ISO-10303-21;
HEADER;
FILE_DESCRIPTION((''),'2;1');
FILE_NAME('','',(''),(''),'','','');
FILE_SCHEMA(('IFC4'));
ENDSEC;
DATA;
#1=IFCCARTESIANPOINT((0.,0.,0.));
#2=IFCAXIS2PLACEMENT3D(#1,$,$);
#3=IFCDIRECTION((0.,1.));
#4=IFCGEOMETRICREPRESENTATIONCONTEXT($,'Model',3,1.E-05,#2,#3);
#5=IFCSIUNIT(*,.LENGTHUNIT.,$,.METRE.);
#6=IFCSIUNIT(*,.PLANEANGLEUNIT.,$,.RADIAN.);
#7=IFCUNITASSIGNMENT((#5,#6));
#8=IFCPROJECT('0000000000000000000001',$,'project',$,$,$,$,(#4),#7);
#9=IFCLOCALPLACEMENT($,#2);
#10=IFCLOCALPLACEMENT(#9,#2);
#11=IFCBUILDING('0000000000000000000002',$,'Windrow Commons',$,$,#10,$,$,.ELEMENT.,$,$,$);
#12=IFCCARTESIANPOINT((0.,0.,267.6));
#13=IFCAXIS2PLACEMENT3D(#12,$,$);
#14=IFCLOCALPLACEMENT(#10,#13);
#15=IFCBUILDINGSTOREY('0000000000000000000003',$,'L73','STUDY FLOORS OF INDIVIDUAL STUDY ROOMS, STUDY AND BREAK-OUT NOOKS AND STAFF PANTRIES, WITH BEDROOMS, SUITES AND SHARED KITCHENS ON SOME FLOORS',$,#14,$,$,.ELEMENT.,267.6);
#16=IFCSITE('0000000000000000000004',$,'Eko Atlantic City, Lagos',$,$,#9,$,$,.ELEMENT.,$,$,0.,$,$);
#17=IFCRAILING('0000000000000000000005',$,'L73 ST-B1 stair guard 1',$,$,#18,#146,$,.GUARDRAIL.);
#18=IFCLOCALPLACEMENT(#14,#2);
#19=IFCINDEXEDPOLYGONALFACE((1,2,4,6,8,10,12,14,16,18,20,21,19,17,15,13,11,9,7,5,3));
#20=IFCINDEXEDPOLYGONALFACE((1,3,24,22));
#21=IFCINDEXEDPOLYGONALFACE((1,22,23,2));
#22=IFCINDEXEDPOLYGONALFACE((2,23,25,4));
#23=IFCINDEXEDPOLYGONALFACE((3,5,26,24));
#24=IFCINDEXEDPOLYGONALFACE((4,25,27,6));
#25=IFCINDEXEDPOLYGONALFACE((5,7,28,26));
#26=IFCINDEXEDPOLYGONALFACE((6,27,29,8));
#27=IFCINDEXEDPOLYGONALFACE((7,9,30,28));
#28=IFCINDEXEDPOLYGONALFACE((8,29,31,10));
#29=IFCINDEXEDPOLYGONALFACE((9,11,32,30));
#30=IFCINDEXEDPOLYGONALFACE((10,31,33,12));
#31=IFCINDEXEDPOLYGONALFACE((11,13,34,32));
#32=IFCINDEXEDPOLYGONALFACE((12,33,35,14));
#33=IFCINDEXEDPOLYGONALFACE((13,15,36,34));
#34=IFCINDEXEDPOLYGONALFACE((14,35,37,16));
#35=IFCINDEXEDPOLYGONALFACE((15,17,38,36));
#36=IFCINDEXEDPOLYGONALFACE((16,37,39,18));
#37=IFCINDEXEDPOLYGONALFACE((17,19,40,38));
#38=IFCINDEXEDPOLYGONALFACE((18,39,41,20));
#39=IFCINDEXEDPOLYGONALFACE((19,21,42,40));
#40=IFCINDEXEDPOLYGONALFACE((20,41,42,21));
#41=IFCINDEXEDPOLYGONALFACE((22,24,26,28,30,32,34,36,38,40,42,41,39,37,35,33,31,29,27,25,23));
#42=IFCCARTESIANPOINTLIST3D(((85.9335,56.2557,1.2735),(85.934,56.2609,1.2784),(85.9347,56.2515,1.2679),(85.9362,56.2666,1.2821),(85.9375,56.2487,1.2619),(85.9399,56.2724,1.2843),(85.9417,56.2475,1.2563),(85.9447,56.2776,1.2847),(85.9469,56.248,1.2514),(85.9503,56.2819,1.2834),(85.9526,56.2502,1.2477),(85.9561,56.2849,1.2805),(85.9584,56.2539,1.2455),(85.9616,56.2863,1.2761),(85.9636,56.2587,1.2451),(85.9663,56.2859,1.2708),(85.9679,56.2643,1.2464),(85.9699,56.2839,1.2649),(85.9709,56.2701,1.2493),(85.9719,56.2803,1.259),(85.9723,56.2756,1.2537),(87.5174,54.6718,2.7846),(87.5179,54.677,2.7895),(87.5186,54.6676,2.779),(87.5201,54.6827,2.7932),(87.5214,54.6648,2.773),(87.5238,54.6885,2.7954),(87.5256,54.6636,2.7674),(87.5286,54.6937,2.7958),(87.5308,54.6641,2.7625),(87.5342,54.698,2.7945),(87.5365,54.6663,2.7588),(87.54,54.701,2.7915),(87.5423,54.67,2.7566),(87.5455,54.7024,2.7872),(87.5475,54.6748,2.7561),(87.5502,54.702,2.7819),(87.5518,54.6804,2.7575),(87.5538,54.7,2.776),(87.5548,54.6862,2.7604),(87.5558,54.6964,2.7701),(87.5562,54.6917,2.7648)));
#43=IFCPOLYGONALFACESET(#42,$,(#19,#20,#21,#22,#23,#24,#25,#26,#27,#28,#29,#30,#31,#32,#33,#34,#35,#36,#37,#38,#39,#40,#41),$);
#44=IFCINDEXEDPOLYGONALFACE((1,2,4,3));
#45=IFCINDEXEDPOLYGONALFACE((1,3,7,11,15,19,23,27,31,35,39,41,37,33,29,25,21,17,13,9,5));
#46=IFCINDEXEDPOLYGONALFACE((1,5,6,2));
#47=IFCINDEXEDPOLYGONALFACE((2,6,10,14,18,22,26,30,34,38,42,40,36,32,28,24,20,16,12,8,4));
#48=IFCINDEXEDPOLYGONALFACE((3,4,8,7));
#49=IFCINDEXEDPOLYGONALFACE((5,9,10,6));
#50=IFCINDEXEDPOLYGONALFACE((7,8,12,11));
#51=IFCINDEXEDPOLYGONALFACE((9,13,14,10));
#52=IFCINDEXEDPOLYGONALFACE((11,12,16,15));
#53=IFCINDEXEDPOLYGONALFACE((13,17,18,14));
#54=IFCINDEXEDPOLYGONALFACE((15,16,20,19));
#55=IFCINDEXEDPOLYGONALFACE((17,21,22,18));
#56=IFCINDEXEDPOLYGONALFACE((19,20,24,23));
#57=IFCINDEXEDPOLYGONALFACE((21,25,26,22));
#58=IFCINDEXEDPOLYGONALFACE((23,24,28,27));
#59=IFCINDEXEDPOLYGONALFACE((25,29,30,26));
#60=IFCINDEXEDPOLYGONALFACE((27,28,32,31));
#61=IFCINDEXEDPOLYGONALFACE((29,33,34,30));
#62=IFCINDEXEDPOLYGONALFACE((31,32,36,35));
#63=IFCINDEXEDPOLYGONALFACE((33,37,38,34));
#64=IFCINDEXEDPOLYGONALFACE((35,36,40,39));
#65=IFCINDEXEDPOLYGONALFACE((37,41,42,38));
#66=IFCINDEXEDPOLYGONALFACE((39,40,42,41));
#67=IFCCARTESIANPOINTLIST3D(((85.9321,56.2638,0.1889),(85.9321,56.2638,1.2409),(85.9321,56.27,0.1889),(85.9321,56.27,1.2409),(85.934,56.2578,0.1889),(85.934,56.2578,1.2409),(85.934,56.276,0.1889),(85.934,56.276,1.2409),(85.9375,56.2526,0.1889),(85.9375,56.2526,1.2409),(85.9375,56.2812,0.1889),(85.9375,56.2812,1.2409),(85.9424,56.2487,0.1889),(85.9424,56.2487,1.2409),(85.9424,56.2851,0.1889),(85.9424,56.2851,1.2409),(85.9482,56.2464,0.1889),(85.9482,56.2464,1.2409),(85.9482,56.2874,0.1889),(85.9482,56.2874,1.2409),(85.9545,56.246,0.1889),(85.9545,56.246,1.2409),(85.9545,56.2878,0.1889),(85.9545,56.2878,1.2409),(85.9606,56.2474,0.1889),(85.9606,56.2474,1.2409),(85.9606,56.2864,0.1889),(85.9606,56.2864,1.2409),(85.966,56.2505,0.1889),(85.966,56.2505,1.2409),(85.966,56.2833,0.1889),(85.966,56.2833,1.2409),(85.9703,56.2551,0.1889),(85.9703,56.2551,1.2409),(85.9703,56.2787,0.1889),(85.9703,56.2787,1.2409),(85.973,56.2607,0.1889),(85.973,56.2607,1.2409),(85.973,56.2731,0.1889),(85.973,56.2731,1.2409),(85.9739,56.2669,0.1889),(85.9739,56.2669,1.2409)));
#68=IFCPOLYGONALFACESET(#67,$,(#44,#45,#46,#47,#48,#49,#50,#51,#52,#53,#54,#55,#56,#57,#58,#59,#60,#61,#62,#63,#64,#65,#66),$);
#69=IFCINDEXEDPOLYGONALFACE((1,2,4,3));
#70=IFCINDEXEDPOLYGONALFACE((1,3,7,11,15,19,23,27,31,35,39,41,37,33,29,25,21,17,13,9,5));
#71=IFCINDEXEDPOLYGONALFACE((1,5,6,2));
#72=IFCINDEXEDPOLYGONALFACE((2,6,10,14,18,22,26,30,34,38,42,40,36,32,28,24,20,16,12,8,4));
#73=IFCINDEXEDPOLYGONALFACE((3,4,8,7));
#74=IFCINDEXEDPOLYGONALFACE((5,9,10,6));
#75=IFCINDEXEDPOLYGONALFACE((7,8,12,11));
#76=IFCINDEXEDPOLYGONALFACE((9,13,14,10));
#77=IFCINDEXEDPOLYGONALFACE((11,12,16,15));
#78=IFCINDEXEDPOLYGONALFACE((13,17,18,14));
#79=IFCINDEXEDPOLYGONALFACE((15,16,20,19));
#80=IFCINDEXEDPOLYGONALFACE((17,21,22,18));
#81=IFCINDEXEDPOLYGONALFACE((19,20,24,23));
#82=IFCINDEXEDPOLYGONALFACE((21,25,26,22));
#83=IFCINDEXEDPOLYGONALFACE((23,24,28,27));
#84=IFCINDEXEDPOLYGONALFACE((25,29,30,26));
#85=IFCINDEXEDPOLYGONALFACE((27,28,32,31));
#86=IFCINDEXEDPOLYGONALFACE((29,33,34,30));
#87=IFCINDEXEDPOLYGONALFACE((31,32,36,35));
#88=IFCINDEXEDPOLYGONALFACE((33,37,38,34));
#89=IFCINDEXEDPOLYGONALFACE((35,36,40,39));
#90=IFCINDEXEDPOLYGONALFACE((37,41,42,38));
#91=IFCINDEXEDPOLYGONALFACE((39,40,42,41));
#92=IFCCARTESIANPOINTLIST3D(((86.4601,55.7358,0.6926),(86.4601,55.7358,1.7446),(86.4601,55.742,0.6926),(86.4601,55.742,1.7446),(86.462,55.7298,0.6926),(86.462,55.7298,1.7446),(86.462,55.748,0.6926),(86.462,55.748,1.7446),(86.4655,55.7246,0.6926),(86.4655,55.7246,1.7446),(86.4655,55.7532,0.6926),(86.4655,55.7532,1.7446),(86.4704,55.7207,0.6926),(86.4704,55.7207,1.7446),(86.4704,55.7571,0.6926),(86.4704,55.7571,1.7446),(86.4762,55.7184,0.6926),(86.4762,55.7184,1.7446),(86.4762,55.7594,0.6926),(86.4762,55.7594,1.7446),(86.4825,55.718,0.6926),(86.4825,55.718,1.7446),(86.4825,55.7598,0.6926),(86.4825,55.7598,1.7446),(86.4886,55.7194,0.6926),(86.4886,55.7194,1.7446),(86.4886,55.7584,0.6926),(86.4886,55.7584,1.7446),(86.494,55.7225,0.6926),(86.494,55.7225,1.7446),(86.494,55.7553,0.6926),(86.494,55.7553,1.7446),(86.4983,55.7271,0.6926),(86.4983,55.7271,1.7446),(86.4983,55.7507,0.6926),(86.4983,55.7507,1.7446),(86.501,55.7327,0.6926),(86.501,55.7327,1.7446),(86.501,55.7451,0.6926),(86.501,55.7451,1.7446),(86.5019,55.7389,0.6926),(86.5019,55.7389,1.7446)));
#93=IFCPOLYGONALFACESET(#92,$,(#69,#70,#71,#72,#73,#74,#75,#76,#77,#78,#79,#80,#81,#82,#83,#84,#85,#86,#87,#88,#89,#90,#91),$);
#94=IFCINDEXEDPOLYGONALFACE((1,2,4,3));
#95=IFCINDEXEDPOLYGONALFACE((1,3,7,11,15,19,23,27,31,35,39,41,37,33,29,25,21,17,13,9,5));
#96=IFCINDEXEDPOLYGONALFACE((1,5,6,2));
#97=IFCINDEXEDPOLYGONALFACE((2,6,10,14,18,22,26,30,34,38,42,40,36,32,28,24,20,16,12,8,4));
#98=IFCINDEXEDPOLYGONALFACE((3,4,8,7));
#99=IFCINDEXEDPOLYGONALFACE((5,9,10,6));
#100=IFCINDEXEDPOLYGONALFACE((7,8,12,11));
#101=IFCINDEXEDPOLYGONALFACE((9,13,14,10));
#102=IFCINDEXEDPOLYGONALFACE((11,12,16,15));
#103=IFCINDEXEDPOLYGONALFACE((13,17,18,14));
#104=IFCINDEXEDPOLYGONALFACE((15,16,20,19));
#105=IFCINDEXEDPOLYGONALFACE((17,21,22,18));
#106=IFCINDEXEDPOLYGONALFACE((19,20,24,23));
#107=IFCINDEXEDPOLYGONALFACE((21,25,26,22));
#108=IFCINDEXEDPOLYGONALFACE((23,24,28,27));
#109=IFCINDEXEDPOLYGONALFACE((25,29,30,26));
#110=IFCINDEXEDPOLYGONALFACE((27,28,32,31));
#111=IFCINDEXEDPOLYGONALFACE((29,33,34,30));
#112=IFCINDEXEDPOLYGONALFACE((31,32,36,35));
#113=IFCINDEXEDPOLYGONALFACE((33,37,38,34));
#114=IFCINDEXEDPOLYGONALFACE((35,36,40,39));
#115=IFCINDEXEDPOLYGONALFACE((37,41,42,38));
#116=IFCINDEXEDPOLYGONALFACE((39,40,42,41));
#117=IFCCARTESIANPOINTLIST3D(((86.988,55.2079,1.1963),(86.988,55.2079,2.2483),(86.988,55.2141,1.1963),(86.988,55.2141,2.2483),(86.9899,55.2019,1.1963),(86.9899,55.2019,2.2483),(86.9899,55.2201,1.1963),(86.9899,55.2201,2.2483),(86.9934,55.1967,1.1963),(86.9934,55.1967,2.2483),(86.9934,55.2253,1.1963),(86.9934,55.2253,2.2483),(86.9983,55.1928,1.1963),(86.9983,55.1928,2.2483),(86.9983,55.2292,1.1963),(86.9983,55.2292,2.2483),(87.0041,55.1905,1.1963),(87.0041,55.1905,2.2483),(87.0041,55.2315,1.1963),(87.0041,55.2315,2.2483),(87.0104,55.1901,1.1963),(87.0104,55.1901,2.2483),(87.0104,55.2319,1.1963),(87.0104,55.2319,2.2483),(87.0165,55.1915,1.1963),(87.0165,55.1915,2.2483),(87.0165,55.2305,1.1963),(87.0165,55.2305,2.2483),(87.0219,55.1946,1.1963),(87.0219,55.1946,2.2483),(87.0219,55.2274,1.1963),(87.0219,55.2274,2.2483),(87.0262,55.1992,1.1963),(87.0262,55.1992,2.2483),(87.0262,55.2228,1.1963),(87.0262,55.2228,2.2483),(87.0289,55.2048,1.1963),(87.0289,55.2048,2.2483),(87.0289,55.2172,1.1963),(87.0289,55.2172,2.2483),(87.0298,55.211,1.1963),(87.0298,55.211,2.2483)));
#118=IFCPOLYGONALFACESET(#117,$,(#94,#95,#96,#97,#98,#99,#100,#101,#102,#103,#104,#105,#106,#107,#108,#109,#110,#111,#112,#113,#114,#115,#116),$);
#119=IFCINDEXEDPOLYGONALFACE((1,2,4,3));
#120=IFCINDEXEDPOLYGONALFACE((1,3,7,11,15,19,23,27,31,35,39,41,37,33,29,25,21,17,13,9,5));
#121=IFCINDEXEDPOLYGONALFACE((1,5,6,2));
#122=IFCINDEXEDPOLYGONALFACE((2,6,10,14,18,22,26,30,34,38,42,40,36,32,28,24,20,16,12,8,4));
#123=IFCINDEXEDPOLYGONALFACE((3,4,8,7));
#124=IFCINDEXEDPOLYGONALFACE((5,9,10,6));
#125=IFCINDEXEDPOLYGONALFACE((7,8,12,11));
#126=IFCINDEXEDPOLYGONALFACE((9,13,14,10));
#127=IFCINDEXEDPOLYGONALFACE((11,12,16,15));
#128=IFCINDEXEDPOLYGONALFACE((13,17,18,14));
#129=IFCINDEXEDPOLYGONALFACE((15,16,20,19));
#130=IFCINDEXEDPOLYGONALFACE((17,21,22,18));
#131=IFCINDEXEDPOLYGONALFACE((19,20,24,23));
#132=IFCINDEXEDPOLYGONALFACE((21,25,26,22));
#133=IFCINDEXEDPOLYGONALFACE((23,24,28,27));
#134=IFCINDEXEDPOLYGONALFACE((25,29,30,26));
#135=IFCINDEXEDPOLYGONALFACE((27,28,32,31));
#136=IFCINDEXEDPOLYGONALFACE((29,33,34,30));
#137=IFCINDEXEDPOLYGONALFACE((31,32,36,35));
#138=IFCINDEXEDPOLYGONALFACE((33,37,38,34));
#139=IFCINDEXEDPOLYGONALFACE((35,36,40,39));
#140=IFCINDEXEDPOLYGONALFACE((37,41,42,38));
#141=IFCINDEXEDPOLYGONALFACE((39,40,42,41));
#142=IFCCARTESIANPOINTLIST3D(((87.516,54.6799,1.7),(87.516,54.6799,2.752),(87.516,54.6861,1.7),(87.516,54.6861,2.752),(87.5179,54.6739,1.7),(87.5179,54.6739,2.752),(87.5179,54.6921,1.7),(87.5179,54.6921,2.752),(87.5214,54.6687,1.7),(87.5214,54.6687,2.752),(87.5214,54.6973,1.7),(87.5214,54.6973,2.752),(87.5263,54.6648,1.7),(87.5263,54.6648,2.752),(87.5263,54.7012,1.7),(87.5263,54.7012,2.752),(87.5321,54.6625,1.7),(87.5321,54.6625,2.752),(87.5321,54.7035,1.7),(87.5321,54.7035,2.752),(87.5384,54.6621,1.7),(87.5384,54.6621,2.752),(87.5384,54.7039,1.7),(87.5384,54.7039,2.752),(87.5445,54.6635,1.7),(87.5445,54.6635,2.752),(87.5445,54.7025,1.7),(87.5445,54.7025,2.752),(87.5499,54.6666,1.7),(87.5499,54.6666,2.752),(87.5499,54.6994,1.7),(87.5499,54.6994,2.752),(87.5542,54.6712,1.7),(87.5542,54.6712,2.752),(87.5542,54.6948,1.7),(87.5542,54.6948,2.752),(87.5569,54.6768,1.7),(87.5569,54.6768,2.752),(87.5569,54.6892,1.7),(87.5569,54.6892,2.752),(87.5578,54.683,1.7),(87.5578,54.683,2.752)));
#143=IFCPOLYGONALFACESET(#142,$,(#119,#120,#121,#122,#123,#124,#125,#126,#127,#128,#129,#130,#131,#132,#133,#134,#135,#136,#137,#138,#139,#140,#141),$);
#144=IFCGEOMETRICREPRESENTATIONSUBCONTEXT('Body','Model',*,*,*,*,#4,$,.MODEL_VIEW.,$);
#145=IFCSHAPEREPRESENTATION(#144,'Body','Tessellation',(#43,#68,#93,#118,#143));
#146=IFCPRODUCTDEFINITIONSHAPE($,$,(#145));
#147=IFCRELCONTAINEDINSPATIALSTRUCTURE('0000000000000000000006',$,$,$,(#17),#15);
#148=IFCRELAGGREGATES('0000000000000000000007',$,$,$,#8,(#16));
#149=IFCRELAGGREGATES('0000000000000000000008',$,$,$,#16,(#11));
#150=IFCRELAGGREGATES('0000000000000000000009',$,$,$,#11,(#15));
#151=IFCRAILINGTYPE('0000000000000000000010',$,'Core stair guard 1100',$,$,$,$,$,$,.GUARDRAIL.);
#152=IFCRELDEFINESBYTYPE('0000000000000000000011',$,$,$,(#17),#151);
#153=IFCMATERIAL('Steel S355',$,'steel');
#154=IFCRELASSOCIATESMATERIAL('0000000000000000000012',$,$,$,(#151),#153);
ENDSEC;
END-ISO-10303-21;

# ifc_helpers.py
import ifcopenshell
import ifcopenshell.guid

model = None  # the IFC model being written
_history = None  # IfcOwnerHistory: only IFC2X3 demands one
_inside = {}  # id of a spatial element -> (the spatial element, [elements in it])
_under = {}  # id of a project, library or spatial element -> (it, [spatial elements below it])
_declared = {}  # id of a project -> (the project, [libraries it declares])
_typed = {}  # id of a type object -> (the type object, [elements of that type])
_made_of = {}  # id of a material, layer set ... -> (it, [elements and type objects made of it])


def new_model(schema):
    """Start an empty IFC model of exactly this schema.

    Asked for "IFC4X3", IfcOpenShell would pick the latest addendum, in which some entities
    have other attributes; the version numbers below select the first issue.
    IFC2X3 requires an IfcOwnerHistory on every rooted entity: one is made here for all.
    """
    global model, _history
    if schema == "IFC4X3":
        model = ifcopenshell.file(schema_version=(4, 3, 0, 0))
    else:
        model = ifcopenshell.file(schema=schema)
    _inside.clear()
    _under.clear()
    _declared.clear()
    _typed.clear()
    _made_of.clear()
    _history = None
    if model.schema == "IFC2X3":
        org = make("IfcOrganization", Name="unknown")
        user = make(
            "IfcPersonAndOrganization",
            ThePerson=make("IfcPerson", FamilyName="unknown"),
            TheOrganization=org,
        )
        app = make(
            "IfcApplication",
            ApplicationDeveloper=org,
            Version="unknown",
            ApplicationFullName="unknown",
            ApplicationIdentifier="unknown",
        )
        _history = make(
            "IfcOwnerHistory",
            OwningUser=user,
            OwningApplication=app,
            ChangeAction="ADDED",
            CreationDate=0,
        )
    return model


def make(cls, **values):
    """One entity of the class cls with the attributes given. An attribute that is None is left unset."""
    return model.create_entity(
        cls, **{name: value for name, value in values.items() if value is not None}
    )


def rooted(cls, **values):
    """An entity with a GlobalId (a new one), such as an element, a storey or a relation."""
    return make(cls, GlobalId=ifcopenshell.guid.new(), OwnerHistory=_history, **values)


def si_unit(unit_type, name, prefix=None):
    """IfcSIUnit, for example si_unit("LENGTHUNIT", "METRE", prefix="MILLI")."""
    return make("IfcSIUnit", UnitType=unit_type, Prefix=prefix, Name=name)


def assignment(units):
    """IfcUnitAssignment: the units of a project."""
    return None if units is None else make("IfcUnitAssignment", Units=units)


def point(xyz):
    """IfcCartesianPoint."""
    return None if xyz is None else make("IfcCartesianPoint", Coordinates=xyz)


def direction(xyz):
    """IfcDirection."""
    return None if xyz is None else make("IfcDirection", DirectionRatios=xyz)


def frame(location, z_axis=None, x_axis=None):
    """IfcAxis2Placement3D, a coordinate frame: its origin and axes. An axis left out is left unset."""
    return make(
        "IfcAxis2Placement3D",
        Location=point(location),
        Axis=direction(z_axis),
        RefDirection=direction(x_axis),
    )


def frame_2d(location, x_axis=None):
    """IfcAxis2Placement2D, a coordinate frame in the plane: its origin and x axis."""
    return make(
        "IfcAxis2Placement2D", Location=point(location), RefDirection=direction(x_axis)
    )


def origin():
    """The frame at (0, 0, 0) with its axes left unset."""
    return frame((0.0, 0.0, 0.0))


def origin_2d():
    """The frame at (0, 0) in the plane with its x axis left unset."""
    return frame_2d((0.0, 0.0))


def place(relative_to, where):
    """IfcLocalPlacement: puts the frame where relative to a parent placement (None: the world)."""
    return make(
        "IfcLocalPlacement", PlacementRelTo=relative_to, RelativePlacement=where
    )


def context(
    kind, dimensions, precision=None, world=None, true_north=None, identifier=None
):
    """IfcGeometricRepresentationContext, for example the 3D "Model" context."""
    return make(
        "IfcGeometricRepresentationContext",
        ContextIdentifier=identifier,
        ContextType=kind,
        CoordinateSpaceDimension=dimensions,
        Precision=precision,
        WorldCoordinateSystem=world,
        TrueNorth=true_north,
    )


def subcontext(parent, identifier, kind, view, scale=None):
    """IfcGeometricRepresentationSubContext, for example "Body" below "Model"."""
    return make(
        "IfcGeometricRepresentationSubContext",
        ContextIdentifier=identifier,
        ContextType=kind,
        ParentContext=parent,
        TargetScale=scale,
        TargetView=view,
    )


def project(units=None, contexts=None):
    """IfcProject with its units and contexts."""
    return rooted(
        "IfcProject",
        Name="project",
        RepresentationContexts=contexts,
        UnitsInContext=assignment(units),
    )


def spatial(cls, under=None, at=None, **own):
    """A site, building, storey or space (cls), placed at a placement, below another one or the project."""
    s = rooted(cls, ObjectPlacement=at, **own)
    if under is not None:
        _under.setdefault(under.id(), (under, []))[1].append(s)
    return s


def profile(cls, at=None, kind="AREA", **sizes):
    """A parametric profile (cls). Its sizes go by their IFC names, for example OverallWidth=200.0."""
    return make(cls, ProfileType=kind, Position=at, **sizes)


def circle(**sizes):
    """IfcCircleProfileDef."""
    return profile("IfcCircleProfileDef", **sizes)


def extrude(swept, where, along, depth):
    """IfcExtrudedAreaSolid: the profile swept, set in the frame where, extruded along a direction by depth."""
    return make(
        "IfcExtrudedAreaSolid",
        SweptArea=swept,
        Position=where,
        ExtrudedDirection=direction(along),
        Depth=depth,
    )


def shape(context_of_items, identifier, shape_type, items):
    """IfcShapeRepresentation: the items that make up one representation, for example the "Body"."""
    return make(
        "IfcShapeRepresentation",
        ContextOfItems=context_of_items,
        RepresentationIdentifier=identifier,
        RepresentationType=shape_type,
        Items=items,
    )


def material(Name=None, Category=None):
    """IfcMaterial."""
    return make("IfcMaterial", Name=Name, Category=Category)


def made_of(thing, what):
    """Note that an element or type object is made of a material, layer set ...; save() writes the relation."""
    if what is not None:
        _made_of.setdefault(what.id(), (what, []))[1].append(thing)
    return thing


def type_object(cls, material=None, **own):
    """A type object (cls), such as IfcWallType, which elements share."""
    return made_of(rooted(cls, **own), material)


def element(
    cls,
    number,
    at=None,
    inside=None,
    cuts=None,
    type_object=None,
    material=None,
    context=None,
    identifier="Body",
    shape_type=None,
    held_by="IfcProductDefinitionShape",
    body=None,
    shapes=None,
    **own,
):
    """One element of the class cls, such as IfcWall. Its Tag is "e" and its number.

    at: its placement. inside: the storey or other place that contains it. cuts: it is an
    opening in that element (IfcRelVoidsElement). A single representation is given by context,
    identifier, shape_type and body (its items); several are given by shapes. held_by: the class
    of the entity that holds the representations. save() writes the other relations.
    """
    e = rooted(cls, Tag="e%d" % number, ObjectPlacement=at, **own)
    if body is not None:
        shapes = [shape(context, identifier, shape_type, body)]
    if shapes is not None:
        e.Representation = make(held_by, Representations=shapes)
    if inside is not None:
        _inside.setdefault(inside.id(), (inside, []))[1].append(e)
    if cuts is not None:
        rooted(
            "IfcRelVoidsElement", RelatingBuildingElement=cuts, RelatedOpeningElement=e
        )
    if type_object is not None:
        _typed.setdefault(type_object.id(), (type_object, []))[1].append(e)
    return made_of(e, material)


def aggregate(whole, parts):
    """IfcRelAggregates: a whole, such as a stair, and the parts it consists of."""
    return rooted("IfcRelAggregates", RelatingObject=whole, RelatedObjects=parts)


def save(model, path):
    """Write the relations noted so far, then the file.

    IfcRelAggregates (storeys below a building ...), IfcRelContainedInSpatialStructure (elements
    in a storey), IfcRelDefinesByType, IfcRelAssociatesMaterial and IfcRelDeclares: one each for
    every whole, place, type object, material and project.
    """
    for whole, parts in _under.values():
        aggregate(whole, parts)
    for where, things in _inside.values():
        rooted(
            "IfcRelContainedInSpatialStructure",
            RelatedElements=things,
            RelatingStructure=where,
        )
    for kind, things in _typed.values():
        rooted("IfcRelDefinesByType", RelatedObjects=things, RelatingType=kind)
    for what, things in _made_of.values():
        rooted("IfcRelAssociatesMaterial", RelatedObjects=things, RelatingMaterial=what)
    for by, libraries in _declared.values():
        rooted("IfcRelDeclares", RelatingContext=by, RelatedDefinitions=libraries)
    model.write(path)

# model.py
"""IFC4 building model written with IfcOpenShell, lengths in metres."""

from ifc_helpers import new_model, si_unit, direction, frame, origin, origin_2d, place, context, subcontext, project, spatial, circle, extrude, material, type_object, element, save


model = new_model("IFC4")

# Units and contexts
model_context = context("Model", 3, precision=1e-05, world=origin(), true_north=direction((0.0, 1.0)))
body_context = subcontext(model_context, "Body", "Model", "MODEL_VIEW")
ifc_project = project(units=[si_unit("LENGTHUNIT", "METRE"), si_unit("PLANEANGLEUNIT", "RADIAN")], contexts=[model_context])

# Site, building, storey
site_placement = place(None, origin())
site = spatial("IfcSite", under=ifc_project, at=site_placement, Name="Eko Atlantic City, Lagos", CompositionType="ELEMENT", RefElevation=0.0)
building_placement = place(site_placement, origin())
building = spatial("IfcBuilding", under=site, at=building_placement, Name="Windrow Commons", CompositionType="ELEMENT")
storey_placement = place(building_placement, frame((0.0, 0.0, 267.6)))
storey = spatial("IfcBuildingStorey", under=building, at=storey_placement, Name="L73", Description="STUDY FLOORS OF INDIVIDUAL STUDY ROOMS, STUDY AND BREAK-OUT NOOKS AND STAFF PANTRIES, WITH BEDROOMS, SUITES AND SHARED KITCHENS ON SOME FLOORS", CompositionType="ELEMENT", Elevation=267.6)

# Railing
ifc_material_1 = material(Name="Steel S355", Category="steel")
railing_type_1 = type_object("IfcRailingType", Name="Core stair guard 1100", PredefinedType="GUARDRAIL", material=ifc_material_1)
railing_1_placement = place(storey_placement, frame((85.9529, 56.2669, 0.1889)))
element("IfcRailing", 1, at=railing_1_placement, inside=storey, type_object=railing_type_1, Name="L73 ST-B1 stair guard 1", PredefinedType="GUARDRAIL", context=body_context, shape_type="SweptSolid", body=[
    extrude(circle(Radius=0.024, at=origin_2d()), frame((0.0, 0.0, 1.076), z_axis=(0.586191, -0.586191, 0.559249), x_axis=(0.707107, 0.707107, 0.0)), (0.0, 0.0, 1.0), 2.702),
    extrude(circle(Radius=0.021, at=origin_2d()), origin(), (0.0, 0.0, 1.0), 1.052),
    extrude(circle(Radius=0.021, at=origin_2d()), frame((0.528, -0.528, 0.5037)), (0.0, 0.0, 1.0), 1.052),
    extrude(circle(Radius=0.021, at=origin_2d()), frame((1.0559, -1.0559, 1.0074)), (0.0, 0.0, 1.0), 1.052),
    extrude(circle(Radius=0.021, at=origin_2d()), frame((1.5839, -1.5839, 1.5111)), (0.0, 0.0, 1.0), 1.052),
])

save(model, "model.ifc")
